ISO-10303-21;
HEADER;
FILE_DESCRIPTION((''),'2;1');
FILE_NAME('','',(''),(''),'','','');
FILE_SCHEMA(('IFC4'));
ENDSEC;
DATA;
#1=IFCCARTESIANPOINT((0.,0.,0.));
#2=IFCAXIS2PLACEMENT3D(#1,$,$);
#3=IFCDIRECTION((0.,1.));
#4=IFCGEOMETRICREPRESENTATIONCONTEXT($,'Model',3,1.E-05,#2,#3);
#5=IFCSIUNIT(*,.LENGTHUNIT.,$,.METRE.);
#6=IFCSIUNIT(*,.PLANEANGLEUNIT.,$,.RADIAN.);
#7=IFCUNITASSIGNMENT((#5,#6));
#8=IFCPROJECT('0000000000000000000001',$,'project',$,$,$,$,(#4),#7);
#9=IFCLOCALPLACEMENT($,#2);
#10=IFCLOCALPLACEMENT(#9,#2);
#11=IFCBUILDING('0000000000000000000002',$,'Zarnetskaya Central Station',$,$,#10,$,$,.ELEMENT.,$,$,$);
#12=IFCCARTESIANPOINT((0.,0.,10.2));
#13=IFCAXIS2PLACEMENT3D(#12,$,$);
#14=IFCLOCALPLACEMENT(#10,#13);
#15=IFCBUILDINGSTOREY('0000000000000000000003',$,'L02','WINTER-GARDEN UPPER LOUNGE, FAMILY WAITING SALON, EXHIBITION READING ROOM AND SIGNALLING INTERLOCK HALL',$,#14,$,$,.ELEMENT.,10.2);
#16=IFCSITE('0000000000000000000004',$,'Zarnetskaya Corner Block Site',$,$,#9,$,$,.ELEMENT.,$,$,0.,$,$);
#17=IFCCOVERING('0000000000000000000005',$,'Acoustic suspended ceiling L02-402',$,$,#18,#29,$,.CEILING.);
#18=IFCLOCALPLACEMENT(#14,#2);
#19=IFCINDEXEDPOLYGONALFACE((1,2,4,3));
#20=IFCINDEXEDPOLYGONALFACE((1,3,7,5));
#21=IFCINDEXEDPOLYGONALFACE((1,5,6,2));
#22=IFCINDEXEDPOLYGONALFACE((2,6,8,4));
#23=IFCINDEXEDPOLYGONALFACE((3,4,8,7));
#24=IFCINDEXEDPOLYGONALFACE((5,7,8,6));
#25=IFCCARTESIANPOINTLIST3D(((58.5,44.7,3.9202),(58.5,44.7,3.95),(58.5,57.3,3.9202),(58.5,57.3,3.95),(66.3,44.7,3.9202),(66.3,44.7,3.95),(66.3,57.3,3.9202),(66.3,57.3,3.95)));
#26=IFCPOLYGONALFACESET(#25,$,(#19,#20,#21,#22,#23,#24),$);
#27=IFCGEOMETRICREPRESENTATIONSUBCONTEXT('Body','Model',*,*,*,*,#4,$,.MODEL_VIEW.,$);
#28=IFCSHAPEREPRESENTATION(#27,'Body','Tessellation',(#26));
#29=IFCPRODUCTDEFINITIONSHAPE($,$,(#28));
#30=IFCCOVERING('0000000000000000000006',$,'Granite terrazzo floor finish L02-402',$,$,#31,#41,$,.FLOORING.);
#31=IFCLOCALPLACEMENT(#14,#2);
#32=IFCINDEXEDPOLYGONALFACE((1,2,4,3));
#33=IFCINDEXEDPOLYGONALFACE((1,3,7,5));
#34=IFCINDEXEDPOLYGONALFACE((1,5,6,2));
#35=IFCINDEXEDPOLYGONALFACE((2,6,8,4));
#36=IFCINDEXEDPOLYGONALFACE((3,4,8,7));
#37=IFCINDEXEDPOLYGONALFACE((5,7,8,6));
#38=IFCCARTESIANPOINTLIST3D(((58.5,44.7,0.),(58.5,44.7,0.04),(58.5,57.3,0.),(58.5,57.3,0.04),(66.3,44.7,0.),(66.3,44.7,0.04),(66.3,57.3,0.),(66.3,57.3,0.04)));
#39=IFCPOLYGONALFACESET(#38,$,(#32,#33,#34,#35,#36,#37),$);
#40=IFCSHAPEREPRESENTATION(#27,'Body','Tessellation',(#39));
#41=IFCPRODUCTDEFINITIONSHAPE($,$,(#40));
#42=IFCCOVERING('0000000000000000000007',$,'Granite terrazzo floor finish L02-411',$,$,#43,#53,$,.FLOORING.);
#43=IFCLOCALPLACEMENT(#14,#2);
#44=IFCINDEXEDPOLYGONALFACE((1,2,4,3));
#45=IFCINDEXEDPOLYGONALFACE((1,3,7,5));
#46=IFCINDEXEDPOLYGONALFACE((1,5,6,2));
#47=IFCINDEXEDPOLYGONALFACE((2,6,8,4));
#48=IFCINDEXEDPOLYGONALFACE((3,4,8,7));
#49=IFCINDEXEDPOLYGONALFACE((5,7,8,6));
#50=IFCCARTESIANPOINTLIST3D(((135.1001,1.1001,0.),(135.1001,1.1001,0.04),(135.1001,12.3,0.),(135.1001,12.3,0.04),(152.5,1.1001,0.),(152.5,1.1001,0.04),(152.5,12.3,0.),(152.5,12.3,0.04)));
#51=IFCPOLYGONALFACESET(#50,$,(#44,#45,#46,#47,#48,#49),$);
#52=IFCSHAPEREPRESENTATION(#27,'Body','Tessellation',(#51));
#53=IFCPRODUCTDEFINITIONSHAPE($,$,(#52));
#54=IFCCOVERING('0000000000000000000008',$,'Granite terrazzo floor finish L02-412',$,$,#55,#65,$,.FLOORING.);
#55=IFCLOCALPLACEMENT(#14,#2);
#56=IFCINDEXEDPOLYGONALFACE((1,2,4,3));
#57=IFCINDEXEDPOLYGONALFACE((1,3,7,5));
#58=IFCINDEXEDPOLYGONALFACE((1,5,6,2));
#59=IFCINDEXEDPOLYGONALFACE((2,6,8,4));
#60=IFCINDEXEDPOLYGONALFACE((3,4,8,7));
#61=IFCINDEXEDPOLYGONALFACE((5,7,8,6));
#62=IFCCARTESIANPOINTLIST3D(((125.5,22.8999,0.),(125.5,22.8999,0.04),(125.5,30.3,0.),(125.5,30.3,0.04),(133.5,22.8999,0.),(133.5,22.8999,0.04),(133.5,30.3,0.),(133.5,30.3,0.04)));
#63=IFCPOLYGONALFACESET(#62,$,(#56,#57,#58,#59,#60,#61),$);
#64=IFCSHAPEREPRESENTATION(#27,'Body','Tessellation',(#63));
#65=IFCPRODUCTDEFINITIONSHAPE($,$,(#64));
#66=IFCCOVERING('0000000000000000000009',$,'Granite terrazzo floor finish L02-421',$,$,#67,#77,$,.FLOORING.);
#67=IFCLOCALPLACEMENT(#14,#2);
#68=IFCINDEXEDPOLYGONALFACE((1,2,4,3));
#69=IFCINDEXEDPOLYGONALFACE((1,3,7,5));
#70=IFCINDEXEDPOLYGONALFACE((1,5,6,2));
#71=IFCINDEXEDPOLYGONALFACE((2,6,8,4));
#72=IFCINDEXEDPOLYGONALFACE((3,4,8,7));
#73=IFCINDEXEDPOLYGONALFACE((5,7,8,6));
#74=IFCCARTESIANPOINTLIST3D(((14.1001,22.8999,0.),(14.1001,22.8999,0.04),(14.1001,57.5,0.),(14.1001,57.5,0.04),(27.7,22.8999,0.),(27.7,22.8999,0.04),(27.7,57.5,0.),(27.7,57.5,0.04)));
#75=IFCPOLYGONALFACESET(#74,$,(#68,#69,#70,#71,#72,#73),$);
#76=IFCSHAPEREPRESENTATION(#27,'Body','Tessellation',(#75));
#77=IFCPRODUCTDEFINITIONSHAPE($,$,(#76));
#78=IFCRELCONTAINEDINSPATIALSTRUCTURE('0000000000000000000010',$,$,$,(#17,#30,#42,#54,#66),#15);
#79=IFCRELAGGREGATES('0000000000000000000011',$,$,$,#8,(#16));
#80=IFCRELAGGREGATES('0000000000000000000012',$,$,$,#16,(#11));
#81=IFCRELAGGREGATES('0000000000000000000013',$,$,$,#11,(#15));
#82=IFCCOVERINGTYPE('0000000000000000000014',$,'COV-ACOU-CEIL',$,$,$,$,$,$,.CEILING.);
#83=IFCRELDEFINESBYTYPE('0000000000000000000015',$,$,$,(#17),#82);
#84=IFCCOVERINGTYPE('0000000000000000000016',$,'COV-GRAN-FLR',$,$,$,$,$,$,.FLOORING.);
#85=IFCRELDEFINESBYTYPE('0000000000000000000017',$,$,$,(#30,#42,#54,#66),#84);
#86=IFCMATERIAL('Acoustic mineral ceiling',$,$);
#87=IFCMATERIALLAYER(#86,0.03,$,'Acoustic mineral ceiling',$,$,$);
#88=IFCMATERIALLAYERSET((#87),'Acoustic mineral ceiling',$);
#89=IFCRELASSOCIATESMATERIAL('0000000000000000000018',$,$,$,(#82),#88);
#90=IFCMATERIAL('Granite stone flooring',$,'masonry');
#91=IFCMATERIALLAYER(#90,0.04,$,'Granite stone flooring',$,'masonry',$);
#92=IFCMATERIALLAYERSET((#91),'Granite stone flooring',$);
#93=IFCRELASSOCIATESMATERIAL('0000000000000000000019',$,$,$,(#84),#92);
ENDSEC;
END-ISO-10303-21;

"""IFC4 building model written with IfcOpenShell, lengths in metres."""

from ifc_helpers import new_model, si_unit, direction, frame, origin, place, context, subcontext, project, spatial, polyline, outline, extrude, material, layer, layer_set, type_object, element, save


model = new_model("IFC4")

# Units and contexts
model_context = context("Model", 3, precision=1e-05, world=origin(), true_north=direction((0.0, 1.0)))
body_context = subcontext(model_context, "Body", "Model", "MODEL_VIEW")
ifc_project = project(units=[si_unit("LENGTHUNIT", "METRE"), si_unit("PLANEANGLEUNIT", "RADIAN")], contexts=[model_context])

# Site, building, storey
site_placement = place(None, origin())
site = spatial("IfcSite", under=ifc_project, at=site_placement, Name="Zarnetskaya Corner Block Site", CompositionType="ELEMENT", RefElevation=0.0)
building_placement = place(site_placement, origin())
building = spatial("IfcBuilding", under=site, at=building_placement, Name="Zarnetskaya Central Station", CompositionType="ELEMENT")
storey_placement = place(building_placement, frame((0.0, 0.0, 10.2)))
storey = spatial("IfcBuildingStorey", under=building, at=storey_placement, Name="L02", Description="WINTER-GARDEN UPPER LOUNGE, FAMILY WAITING SALON, EXHIBITION READING ROOM AND SIGNALLING INTERLOCK HALL", CompositionType="ELEMENT", Elevation=10.2)

# Coverings
ifc_material_1 = material(Name="Acoustic mineral ceiling")
ifc_layer_1 = layer(ifc_material_1, 0.03, Name="Acoustic mineral ceiling")
ifc_layer_set_1 = layer_set([ifc_layer_1], Name="Acoustic mineral ceiling")
covering_type_1 = type_object("IfcCoveringType", Name="COV-ACOU-CEIL", PredefinedType="CEILING", material=ifc_layer_set_1)
covering_1_placement = place(storey_placement, frame((0.0, 0.0, 3.9202)))
element("IfcCovering", 1, at=covering_1_placement, inside=storey, type_object=covering_type_1, Name="Acoustic suspended ceiling L02-402", PredefinedType="CEILING", context=body_context, shape_type="SweptSolid", body=[
    extrude(outline(polyline([(58.5, 44.7), (66.3, 44.7), (66.3, 57.3), (58.5, 57.3), (58.5, 44.7)])), origin(), (0.0, 0.0, 1.0), 0.0298),
])
ifc_material_2 = material(Name="Granite stone flooring", Category="masonry")
ifc_layer_2 = layer(ifc_material_2, 0.04, Name="Granite stone flooring", Category="masonry")
ifc_layer_set_2 = layer_set([ifc_layer_2], Name="Granite stone flooring")
covering_type_2 = type_object("IfcCoveringType", Name="COV-GRAN-FLR", PredefinedType="FLOORING", material=ifc_layer_set_2)
covering_2_placement = place(storey_placement, origin())
element("IfcCovering", 2, at=covering_2_placement, inside=storey, type_object=covering_type_2, Name="Granite terrazzo floor finish L02-402", PredefinedType="FLOORING", context=body_context, shape_type="SweptSolid", body=[
    extrude(outline(polyline([(58.5, 44.7), (66.3, 44.7), (66.3, 57.3), (58.5, 57.3), (58.5, 44.7)])), origin(), (0.0, 0.0, 1.0), 0.04),
])
covering_3_placement = place(storey_placement, origin())
element("IfcCovering", 3, at=covering_3_placement, inside=storey, type_object=covering_type_2, Name="Granite terrazzo floor finish L02-411", PredefinedType="FLOORING", context=body_context, shape_type="SweptSolid", body=[
    extrude(outline(polyline([(135.1001, 1.1001), (152.5, 1.1001), (152.5, 12.3), (135.1001, 12.3), (135.1001, 1.1001)])), origin(), (0.0, 0.0, 1.0), 0.04),
])
covering_4_placement = place(storey_placement, origin())
element("IfcCovering", 4, at=covering_4_placement, inside=storey, type_object=covering_type_2, Name="Granite terrazzo floor finish L02-412", PredefinedType="FLOORING", context=body_context, shape_type="SweptSolid", body=[
    extrude(outline(polyline([(125.5, 22.8999), (133.5, 22.8999), (133.5, 30.3), (125.5, 30.3), (125.5, 22.8999)])), origin(), (0.0, 0.0, 1.0), 0.04),
])
covering_5_placement = place(storey_placement, origin())
element("IfcCovering", 5, at=covering_5_placement, inside=storey, type_object=covering_type_2, Name="Granite terrazzo floor finish L02-421", PredefinedType="FLOORING", context=body_context, shape_type="SweptSolid", body=[
    extrude(outline(polyline([(14.1001, 22.8999), (27.7, 22.8999), (27.7, 57.5), (14.1001, 57.5), (14.1001, 22.8999)])), origin(), (0.0, 0.0, 1.0), 0.04),
])

save(model, "model.ifc")
